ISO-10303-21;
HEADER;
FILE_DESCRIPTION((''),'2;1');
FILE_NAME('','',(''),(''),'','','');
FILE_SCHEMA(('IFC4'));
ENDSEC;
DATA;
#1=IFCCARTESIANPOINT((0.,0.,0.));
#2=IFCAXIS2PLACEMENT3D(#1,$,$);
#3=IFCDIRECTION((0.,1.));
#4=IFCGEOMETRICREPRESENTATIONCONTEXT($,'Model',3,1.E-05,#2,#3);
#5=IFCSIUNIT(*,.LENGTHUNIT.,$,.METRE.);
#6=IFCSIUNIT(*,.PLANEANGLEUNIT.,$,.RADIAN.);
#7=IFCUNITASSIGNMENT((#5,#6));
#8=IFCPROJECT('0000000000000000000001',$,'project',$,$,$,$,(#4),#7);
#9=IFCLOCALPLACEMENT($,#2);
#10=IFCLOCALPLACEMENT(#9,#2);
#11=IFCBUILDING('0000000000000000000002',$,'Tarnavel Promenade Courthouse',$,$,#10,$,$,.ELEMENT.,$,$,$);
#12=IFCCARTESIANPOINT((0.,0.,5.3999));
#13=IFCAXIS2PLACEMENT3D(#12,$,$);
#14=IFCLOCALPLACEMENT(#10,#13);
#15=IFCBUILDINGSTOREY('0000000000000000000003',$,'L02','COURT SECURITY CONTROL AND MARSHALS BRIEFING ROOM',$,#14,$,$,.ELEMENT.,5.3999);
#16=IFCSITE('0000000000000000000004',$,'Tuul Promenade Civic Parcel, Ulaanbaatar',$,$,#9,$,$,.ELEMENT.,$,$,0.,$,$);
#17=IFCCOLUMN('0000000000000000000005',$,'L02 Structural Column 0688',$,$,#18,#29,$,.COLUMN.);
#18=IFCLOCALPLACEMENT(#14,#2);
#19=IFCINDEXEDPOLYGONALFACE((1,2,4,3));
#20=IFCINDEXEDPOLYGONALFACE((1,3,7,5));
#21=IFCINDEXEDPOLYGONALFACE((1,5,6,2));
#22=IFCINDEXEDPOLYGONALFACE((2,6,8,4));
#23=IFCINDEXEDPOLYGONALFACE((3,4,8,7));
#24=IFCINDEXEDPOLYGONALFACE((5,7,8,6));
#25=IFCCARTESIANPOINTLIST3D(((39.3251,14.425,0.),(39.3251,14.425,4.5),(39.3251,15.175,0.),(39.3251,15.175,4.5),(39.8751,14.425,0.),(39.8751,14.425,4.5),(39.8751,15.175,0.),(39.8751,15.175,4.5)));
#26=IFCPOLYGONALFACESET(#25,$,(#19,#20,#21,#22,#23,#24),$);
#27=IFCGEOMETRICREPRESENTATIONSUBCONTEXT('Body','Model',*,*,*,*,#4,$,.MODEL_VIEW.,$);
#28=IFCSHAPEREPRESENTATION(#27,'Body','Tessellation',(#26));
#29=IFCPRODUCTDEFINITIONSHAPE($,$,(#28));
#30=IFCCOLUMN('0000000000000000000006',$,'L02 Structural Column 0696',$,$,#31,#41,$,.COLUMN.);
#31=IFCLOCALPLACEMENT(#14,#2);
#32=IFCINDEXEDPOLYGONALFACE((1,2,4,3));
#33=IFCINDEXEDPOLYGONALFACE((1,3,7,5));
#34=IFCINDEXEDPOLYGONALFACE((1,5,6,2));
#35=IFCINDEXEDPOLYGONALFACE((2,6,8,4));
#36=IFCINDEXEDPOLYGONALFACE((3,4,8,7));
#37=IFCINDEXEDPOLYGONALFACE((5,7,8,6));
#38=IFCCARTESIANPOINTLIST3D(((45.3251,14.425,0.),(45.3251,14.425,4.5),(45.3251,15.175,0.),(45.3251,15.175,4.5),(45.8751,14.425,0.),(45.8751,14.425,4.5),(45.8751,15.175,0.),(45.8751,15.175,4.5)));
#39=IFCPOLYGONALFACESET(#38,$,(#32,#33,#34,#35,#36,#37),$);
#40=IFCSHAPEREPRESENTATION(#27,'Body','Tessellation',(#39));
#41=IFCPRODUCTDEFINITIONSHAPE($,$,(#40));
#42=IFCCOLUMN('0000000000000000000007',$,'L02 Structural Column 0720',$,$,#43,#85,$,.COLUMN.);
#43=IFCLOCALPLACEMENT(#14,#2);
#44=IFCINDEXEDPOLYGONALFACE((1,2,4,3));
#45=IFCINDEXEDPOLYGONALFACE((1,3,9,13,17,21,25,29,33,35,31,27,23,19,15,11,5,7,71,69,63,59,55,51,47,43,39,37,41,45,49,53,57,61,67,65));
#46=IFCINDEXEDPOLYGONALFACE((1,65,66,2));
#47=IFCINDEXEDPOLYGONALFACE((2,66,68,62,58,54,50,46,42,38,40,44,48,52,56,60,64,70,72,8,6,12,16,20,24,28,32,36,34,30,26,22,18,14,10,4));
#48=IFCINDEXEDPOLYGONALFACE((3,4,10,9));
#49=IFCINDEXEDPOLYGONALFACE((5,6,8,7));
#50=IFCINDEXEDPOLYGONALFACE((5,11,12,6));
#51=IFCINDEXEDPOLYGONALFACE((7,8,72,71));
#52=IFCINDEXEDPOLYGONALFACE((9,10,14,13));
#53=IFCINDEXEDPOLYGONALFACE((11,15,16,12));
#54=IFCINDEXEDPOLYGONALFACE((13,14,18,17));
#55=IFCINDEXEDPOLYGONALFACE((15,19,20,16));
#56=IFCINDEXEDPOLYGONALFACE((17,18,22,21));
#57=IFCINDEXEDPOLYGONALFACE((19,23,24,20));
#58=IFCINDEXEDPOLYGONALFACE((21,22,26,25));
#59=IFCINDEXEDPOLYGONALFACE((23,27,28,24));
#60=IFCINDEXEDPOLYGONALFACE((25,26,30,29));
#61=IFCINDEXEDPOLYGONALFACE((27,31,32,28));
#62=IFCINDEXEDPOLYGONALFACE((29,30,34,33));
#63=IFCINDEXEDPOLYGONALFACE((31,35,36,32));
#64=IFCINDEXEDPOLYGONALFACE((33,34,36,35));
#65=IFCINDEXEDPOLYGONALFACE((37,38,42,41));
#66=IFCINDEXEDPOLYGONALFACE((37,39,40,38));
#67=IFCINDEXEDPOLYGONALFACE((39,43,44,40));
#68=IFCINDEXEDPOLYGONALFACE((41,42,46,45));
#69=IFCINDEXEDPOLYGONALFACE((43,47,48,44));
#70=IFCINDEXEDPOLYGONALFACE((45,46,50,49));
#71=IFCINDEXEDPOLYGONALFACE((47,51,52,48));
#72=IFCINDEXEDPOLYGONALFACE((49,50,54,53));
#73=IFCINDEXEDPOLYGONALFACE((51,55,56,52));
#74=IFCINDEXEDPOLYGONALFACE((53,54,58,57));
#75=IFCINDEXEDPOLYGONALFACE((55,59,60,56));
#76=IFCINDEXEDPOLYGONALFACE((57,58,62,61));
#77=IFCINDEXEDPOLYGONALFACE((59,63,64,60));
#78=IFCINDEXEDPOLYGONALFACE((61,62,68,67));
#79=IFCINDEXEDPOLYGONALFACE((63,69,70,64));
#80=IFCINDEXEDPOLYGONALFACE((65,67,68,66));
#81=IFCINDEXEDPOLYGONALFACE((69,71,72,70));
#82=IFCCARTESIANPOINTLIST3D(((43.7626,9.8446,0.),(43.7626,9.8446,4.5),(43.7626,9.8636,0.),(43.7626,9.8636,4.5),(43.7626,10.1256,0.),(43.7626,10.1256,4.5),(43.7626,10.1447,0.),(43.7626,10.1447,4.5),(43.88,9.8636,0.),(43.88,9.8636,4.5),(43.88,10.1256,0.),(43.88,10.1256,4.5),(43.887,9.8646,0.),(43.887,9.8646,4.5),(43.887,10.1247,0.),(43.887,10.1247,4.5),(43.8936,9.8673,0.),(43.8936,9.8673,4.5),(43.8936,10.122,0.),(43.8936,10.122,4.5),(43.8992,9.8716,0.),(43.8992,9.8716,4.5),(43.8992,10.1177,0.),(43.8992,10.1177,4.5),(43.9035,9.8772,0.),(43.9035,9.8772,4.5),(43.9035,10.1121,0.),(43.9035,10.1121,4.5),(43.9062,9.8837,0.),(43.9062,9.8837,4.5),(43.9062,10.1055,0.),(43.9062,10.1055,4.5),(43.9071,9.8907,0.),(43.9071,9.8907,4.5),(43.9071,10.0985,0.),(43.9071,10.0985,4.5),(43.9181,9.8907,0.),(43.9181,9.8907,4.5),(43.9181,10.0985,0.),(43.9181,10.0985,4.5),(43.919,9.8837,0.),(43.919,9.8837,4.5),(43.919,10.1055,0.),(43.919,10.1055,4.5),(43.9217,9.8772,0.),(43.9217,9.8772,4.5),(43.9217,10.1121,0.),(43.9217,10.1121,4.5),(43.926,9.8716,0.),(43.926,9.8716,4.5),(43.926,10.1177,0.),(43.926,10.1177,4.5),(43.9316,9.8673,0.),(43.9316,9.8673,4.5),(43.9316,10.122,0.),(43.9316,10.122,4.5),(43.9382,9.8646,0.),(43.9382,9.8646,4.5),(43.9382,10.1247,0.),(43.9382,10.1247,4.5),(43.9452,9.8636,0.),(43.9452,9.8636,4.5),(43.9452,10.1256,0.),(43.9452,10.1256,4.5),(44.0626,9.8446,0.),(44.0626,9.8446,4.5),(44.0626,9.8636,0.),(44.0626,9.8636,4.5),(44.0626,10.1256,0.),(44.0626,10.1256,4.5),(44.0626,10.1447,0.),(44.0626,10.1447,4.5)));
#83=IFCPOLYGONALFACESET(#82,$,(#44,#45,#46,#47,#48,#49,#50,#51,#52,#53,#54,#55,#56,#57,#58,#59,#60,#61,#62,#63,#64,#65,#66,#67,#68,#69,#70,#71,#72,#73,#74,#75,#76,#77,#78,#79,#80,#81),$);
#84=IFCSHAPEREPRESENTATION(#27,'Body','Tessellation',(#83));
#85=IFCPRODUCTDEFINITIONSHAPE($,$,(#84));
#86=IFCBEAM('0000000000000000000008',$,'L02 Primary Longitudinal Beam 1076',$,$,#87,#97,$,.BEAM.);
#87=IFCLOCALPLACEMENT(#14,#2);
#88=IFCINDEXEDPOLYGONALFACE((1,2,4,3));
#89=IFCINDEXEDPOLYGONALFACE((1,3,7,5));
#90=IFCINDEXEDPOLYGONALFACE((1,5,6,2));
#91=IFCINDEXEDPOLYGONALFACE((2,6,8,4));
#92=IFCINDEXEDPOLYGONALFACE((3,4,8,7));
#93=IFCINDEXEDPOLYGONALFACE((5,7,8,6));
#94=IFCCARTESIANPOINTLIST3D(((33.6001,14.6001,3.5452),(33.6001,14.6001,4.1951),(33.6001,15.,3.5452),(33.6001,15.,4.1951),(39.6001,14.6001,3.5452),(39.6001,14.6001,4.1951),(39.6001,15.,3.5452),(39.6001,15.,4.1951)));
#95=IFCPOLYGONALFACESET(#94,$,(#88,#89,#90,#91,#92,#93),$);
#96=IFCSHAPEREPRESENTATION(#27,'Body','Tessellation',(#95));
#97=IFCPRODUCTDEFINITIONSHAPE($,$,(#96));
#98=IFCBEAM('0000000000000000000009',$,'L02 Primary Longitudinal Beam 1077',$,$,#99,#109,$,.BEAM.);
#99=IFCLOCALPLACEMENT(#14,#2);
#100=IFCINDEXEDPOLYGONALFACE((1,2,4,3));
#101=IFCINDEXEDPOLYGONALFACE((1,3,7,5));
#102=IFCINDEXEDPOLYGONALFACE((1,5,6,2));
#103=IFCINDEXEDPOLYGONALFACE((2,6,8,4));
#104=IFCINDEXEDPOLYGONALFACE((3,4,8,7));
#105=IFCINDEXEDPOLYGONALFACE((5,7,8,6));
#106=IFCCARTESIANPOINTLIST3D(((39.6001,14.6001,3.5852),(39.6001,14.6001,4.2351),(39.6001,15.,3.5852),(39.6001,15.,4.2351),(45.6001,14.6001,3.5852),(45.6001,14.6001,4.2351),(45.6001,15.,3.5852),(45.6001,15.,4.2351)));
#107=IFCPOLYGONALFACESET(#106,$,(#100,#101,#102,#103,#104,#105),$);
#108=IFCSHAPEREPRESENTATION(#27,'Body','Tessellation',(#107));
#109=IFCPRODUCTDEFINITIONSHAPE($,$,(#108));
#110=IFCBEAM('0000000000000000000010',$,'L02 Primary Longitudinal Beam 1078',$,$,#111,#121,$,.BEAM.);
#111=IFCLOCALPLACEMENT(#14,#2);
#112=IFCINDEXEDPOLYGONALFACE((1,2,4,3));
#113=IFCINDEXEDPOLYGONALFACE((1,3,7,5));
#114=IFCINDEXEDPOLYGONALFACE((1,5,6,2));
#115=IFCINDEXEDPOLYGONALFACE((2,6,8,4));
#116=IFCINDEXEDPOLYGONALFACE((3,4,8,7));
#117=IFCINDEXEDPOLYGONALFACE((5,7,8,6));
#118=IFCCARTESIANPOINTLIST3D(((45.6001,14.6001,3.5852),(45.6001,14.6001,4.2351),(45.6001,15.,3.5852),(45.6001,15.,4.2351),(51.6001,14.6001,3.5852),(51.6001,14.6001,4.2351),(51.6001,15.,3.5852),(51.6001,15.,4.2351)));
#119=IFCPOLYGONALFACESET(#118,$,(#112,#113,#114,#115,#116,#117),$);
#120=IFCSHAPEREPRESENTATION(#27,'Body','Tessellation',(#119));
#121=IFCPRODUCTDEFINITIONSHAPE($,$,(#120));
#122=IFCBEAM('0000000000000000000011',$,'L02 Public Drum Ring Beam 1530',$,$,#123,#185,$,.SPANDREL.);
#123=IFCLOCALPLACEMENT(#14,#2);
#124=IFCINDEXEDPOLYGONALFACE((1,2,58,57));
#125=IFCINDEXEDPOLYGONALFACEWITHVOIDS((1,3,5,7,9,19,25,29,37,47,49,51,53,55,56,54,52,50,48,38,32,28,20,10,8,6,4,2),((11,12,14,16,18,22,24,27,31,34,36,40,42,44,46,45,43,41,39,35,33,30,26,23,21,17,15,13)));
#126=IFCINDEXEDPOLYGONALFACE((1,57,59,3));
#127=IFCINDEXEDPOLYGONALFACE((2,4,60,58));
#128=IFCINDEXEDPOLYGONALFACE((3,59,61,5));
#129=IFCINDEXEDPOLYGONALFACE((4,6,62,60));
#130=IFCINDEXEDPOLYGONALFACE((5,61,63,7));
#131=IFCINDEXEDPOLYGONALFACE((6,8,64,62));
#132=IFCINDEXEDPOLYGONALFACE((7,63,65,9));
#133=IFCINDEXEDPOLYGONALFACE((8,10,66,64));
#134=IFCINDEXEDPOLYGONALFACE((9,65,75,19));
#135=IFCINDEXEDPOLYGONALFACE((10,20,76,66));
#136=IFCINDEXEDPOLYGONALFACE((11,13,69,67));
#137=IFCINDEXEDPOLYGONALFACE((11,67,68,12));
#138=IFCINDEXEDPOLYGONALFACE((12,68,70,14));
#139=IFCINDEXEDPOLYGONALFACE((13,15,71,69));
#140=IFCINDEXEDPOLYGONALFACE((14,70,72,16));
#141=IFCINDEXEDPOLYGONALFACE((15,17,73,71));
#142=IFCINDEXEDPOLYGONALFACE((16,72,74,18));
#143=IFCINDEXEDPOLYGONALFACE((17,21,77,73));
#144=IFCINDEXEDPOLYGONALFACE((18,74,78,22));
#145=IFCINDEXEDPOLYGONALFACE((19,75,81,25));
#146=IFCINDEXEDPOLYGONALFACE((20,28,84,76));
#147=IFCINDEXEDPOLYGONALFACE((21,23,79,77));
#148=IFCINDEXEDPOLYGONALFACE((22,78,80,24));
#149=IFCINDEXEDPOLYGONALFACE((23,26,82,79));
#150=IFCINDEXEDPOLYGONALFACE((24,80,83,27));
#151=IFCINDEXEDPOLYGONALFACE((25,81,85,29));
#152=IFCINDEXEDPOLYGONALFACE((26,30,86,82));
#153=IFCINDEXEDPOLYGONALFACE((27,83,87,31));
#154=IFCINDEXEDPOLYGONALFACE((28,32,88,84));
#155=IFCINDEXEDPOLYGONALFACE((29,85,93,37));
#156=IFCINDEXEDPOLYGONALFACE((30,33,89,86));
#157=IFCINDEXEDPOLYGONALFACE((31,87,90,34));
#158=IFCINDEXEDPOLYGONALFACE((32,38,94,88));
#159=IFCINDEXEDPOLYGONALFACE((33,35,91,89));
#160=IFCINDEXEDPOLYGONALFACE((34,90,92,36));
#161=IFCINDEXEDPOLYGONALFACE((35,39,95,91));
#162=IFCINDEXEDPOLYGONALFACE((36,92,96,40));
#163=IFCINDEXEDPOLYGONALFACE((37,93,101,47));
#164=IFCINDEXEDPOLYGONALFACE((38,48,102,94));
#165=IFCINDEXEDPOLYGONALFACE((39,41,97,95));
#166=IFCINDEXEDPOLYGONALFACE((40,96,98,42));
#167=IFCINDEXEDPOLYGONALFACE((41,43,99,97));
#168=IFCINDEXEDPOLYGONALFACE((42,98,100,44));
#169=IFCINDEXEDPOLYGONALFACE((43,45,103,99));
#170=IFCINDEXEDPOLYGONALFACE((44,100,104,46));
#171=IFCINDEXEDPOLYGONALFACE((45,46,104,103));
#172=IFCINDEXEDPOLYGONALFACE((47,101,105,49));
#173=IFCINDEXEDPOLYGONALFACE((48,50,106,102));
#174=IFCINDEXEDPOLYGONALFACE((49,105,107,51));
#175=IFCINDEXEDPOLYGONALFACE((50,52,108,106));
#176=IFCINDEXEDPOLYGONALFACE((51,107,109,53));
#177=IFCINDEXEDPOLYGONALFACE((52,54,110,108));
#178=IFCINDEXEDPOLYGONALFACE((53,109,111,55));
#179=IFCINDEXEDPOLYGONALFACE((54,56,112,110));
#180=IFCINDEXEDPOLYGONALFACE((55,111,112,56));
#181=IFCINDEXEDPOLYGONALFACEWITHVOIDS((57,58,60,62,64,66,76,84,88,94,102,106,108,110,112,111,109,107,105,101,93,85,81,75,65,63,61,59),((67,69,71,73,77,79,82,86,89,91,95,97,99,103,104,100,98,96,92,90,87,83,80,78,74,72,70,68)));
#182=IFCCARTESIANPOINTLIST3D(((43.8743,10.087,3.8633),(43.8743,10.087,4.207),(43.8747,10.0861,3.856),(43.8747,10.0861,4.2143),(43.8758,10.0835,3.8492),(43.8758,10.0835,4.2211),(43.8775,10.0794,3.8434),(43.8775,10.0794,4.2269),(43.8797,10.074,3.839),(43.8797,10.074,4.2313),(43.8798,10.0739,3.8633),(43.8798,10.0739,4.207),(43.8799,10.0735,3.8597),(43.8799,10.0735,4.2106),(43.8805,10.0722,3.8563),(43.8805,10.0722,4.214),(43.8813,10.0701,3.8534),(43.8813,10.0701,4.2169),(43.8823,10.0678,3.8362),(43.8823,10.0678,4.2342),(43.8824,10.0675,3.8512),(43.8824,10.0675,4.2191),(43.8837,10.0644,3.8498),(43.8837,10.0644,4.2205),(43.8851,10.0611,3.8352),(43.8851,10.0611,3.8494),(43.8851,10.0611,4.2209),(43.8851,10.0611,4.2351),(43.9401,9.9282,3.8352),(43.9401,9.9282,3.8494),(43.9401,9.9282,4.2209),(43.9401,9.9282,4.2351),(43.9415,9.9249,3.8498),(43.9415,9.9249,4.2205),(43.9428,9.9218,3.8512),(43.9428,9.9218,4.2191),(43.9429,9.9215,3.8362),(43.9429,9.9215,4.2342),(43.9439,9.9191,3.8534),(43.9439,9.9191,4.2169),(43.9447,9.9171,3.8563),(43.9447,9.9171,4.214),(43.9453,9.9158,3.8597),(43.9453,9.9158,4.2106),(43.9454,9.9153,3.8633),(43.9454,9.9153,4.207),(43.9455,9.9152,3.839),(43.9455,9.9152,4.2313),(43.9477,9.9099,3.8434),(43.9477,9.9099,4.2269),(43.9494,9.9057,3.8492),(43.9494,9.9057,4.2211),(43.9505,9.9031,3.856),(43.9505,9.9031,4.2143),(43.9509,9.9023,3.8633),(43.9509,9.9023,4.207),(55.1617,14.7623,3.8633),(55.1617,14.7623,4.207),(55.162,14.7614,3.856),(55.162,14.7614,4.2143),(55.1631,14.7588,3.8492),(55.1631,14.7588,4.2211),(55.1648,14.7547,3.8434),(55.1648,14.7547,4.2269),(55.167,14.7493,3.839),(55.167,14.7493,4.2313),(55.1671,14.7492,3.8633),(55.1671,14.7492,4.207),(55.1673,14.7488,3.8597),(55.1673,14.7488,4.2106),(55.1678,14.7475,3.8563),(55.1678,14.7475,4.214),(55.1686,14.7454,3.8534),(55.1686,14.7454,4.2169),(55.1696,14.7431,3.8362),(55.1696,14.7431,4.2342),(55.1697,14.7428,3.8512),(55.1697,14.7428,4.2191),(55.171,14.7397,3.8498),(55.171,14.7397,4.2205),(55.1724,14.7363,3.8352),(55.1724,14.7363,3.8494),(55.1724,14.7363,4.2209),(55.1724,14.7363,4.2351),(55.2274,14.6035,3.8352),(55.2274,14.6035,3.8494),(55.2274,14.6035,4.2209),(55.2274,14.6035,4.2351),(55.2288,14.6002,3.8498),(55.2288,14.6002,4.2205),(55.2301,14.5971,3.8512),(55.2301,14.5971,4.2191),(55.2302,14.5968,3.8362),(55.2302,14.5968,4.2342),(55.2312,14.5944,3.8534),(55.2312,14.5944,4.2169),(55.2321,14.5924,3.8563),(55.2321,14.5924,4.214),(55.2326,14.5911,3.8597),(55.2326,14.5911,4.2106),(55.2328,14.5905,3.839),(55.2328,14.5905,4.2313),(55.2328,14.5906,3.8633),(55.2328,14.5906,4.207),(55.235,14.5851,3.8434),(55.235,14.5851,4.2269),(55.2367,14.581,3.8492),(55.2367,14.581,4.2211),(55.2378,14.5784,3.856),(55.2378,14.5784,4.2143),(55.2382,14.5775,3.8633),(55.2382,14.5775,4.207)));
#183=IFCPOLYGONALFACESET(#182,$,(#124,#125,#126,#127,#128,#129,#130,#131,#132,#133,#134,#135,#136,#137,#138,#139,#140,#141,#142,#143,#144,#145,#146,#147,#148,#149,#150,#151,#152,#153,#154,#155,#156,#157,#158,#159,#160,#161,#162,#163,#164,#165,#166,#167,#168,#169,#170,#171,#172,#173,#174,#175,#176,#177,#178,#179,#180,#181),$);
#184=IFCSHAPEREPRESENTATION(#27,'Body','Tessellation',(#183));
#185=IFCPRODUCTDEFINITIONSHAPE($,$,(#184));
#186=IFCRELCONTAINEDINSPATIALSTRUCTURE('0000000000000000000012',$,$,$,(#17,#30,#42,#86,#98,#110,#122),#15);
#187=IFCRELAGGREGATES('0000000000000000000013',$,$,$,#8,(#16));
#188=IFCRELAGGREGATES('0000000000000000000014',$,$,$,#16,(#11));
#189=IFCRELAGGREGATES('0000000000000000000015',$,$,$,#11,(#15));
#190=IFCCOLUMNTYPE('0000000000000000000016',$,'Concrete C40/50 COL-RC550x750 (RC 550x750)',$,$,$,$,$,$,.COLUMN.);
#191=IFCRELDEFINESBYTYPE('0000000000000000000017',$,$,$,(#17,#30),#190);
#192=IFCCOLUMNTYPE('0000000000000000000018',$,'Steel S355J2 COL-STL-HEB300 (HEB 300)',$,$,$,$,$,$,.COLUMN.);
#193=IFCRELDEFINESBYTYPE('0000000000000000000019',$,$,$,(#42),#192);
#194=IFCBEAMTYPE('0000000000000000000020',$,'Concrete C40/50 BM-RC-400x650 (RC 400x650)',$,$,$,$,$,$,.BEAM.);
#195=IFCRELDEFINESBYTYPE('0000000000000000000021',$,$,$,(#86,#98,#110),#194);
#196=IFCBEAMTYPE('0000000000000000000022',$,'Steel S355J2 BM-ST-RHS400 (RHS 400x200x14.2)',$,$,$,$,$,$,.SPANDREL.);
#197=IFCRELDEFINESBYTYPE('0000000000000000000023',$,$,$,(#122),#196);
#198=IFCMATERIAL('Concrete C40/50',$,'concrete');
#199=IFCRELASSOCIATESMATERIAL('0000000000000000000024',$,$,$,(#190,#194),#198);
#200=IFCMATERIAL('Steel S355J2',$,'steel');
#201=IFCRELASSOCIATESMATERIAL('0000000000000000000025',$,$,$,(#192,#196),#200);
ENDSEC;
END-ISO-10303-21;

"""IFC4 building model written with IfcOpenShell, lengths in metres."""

from ifc_helpers import new_model, si_unit, direction, frame, origin, origin_2d, place, context, subcontext, project, spatial, rectangle, hollow_rectangle, i_section, extrude, material, material_profile, profile_set, type_object, element, save


model = new_model("IFC4")

# Units and contexts
model_context = context("Model", 3, precision=1e-05, world=origin(), true_north=direction((0.0, 1.0)))
body_context = subcontext(model_context, "Body", "Model", "MODEL_VIEW")
ifc_project = project(units=[si_unit("LENGTHUNIT", "METRE"), si_unit("PLANEANGLEUNIT", "RADIAN")], contexts=[model_context])

# Site, building, storey
site_placement = place(None, origin())
site = spatial("IfcSite", under=ifc_project, at=site_placement, Name="Tuul Promenade Civic Parcel, Ulaanbaatar", CompositionType="ELEMENT", RefElevation=0.0)
building_placement = place(site_placement, origin())
building = spatial("IfcBuilding", under=site, at=building_placement, Name="Tarnavel Promenade Courthouse", CompositionType="ELEMENT")
storey_placement = place(building_placement, frame((0.0, 0.0, 5.3999)))
storey = spatial("IfcBuildingStorey", under=building, at=storey_placement, Name="L02", Description="COURT SECURITY CONTROL AND MARSHALS BRIEFING ROOM", CompositionType="ELEMENT", Elevation=5.3999)

# Columns
ifc_material_1 = material(Name="Concrete C40/50", Category="concrete")
ifc_material_profile_1 = material_profile(ifc_material_1, rectangle(XDim=0.55, YDim=0.75, at=origin_2d()), Name="RC 550x750")
ifc_profile_set_1 = profile_set([ifc_material_profile_1], Name="Concrete C40/50")
column_type_1 = type_object("IfcColumnType", Name="Concrete C40/50 COL-RC550x750 (RC 550x750)", PredefinedType="COLUMN", material=ifc_profile_set_1)
for number, where, z_axis, x_axis, name in (
    (1, (39.6001, 14.8, 0.0), (0.0, 0.0, 1.0), (1.0, 0.0, 0.0), "L02 Structural Column 0688"),
    (2, (45.6001, 14.8, 0.0), (0.0, 0.0, 1.0), (1.0, 0.0, 0.0), "L02 Structural Column 0696"),
):
    element("IfcColumn", number, at=place(storey_placement, frame(where, z_axis=z_axis, x_axis=x_axis)), inside=storey, type_object=column_type_1, Name=name, PredefinedType="COLUMN", context=body_context, shape_type="SweptSolid", body=[
        extrude(rectangle(XDim=0.55, YDim=0.75, at=origin_2d()), origin(), (0.0, 0.0, 1.0), 4.5),
    ])
ifc_material_2 = material(Name="Steel S355J2", Category="steel")
ifc_material_profile_2 = material_profile(ifc_material_2, i_section(OverallWidth=0.3, OverallDepth=0.3, WebThickness=0.011, FlangeThickness=0.019, FilletRadius=0.0271, at=origin_2d()), Name="HEB 300")
ifc_profile_set_2 = profile_set([ifc_material_profile_2], Name="Steel S355J2")
column_type_2 = type_object("IfcColumnType", Name="Steel S355J2 COL-STL-HEB300 (HEB 300)", PredefinedType="COLUMN", material=ifc_profile_set_2)
column_placement = place(storey_placement, frame((43.9126, 9.9946, 0.0), z_axis=(0.0, 0.0, 1.0), x_axis=(1.0, 0.0, 0.0)))
element("IfcColumn", 3, at=column_placement, inside=storey, type_object=column_type_2, Name="L02 Structural Column 0720", PredefinedType="COLUMN", context=body_context, shape_type="SweptSolid", body=[
    extrude(i_section(OverallWidth=0.3, OverallDepth=0.3, WebThickness=0.011, FlangeThickness=0.019, FilletRadius=0.0271, at=origin_2d()), origin(), (0.0, 0.0, 1.0), 4.5),
])

# Beams
ifc_material_profile_3 = material_profile(ifc_material_1, rectangle(XDim=0.3999, YDim=0.6499, at=origin_2d()), Name="RC 400x650")
ifc_profile_set_3 = profile_set([ifc_material_profile_3], Name="Concrete C40/50")
beam_type_1 = type_object("IfcBeamType", Name="Concrete C40/50 BM-RC-400x650 (RC 400x650)", PredefinedType="BEAM", material=ifc_profile_set_3)
for number, where, z_axis, x_axis, name in (
    (4, (33.6001, 14.8, 3.8701), (1.0, 0.0, 0.0), (0.0, 1.0, 0.0), "L02 Primary Longitudinal Beam 1076"),
    (5, (39.6001, 14.8, 3.9102), (1.0, 0.0, 0.0), (0.0, 1.0, 0.0), "L02 Primary Longitudinal Beam 1077"),
    (6, (45.6001, 14.8, 3.9102), (1.0, 0.0, 0.0), (0.0, 1.0, 0.0), "L02 Primary Longitudinal Beam 1078"),
):
    element("IfcBeam", number, at=place(storey_placement, frame(where, z_axis=z_axis, x_axis=x_axis)), inside=storey, type_object=beam_type_1, Name=name, PredefinedType="BEAM", context=body_context, shape_type="SweptSolid", body=[
        extrude(rectangle(XDim=0.3999, YDim=0.6499, at=origin_2d()), origin(), (0.0, 0.0, 1.0), 6.0),
    ])
ifc_material_profile_4 = material_profile(ifc_material_2, hollow_rectangle(XDim=0.2, YDim=0.3999, WallThickness=0.0142, InnerFilletRadius=0.0139, OuterFilletRadius=0.0281, at=origin_2d()), Name="RHS 400x200x14.2")
ifc_profile_set_4 = profile_set([ifc_material_profile_4], Name="Steel S355J2")
beam_type_2 = type_object("IfcBeamType", Name="Steel S355J2 BM-ST-RHS400 (RHS 400x200x14.2)", PredefinedType="SPANDREL", material=ifc_profile_set_4)
beam_placement = place(storey_placement, frame((43.9126, 9.9946, 4.0352), z_axis=(0.923882, 0.382678, 0.0), x_axis=(-0.382678, 0.923882, 0.0)))
element("IfcBeam", 7, at=beam_placement, inside=storey, type_object=beam_type_2, Name="L02 Public Drum Ring Beam 1530", PredefinedType="SPANDREL", context=body_context, shape_type="SweptSolid", body=[
    extrude(hollow_rectangle(XDim=0.2, YDim=0.3999, WallThickness=0.0142, InnerFilletRadius=0.0139, OuterFilletRadius=0.0281, at=origin_2d()), origin(), (0.0, 0.0, 1.0), 12.2173),
])

save(model, "model.ifc")
